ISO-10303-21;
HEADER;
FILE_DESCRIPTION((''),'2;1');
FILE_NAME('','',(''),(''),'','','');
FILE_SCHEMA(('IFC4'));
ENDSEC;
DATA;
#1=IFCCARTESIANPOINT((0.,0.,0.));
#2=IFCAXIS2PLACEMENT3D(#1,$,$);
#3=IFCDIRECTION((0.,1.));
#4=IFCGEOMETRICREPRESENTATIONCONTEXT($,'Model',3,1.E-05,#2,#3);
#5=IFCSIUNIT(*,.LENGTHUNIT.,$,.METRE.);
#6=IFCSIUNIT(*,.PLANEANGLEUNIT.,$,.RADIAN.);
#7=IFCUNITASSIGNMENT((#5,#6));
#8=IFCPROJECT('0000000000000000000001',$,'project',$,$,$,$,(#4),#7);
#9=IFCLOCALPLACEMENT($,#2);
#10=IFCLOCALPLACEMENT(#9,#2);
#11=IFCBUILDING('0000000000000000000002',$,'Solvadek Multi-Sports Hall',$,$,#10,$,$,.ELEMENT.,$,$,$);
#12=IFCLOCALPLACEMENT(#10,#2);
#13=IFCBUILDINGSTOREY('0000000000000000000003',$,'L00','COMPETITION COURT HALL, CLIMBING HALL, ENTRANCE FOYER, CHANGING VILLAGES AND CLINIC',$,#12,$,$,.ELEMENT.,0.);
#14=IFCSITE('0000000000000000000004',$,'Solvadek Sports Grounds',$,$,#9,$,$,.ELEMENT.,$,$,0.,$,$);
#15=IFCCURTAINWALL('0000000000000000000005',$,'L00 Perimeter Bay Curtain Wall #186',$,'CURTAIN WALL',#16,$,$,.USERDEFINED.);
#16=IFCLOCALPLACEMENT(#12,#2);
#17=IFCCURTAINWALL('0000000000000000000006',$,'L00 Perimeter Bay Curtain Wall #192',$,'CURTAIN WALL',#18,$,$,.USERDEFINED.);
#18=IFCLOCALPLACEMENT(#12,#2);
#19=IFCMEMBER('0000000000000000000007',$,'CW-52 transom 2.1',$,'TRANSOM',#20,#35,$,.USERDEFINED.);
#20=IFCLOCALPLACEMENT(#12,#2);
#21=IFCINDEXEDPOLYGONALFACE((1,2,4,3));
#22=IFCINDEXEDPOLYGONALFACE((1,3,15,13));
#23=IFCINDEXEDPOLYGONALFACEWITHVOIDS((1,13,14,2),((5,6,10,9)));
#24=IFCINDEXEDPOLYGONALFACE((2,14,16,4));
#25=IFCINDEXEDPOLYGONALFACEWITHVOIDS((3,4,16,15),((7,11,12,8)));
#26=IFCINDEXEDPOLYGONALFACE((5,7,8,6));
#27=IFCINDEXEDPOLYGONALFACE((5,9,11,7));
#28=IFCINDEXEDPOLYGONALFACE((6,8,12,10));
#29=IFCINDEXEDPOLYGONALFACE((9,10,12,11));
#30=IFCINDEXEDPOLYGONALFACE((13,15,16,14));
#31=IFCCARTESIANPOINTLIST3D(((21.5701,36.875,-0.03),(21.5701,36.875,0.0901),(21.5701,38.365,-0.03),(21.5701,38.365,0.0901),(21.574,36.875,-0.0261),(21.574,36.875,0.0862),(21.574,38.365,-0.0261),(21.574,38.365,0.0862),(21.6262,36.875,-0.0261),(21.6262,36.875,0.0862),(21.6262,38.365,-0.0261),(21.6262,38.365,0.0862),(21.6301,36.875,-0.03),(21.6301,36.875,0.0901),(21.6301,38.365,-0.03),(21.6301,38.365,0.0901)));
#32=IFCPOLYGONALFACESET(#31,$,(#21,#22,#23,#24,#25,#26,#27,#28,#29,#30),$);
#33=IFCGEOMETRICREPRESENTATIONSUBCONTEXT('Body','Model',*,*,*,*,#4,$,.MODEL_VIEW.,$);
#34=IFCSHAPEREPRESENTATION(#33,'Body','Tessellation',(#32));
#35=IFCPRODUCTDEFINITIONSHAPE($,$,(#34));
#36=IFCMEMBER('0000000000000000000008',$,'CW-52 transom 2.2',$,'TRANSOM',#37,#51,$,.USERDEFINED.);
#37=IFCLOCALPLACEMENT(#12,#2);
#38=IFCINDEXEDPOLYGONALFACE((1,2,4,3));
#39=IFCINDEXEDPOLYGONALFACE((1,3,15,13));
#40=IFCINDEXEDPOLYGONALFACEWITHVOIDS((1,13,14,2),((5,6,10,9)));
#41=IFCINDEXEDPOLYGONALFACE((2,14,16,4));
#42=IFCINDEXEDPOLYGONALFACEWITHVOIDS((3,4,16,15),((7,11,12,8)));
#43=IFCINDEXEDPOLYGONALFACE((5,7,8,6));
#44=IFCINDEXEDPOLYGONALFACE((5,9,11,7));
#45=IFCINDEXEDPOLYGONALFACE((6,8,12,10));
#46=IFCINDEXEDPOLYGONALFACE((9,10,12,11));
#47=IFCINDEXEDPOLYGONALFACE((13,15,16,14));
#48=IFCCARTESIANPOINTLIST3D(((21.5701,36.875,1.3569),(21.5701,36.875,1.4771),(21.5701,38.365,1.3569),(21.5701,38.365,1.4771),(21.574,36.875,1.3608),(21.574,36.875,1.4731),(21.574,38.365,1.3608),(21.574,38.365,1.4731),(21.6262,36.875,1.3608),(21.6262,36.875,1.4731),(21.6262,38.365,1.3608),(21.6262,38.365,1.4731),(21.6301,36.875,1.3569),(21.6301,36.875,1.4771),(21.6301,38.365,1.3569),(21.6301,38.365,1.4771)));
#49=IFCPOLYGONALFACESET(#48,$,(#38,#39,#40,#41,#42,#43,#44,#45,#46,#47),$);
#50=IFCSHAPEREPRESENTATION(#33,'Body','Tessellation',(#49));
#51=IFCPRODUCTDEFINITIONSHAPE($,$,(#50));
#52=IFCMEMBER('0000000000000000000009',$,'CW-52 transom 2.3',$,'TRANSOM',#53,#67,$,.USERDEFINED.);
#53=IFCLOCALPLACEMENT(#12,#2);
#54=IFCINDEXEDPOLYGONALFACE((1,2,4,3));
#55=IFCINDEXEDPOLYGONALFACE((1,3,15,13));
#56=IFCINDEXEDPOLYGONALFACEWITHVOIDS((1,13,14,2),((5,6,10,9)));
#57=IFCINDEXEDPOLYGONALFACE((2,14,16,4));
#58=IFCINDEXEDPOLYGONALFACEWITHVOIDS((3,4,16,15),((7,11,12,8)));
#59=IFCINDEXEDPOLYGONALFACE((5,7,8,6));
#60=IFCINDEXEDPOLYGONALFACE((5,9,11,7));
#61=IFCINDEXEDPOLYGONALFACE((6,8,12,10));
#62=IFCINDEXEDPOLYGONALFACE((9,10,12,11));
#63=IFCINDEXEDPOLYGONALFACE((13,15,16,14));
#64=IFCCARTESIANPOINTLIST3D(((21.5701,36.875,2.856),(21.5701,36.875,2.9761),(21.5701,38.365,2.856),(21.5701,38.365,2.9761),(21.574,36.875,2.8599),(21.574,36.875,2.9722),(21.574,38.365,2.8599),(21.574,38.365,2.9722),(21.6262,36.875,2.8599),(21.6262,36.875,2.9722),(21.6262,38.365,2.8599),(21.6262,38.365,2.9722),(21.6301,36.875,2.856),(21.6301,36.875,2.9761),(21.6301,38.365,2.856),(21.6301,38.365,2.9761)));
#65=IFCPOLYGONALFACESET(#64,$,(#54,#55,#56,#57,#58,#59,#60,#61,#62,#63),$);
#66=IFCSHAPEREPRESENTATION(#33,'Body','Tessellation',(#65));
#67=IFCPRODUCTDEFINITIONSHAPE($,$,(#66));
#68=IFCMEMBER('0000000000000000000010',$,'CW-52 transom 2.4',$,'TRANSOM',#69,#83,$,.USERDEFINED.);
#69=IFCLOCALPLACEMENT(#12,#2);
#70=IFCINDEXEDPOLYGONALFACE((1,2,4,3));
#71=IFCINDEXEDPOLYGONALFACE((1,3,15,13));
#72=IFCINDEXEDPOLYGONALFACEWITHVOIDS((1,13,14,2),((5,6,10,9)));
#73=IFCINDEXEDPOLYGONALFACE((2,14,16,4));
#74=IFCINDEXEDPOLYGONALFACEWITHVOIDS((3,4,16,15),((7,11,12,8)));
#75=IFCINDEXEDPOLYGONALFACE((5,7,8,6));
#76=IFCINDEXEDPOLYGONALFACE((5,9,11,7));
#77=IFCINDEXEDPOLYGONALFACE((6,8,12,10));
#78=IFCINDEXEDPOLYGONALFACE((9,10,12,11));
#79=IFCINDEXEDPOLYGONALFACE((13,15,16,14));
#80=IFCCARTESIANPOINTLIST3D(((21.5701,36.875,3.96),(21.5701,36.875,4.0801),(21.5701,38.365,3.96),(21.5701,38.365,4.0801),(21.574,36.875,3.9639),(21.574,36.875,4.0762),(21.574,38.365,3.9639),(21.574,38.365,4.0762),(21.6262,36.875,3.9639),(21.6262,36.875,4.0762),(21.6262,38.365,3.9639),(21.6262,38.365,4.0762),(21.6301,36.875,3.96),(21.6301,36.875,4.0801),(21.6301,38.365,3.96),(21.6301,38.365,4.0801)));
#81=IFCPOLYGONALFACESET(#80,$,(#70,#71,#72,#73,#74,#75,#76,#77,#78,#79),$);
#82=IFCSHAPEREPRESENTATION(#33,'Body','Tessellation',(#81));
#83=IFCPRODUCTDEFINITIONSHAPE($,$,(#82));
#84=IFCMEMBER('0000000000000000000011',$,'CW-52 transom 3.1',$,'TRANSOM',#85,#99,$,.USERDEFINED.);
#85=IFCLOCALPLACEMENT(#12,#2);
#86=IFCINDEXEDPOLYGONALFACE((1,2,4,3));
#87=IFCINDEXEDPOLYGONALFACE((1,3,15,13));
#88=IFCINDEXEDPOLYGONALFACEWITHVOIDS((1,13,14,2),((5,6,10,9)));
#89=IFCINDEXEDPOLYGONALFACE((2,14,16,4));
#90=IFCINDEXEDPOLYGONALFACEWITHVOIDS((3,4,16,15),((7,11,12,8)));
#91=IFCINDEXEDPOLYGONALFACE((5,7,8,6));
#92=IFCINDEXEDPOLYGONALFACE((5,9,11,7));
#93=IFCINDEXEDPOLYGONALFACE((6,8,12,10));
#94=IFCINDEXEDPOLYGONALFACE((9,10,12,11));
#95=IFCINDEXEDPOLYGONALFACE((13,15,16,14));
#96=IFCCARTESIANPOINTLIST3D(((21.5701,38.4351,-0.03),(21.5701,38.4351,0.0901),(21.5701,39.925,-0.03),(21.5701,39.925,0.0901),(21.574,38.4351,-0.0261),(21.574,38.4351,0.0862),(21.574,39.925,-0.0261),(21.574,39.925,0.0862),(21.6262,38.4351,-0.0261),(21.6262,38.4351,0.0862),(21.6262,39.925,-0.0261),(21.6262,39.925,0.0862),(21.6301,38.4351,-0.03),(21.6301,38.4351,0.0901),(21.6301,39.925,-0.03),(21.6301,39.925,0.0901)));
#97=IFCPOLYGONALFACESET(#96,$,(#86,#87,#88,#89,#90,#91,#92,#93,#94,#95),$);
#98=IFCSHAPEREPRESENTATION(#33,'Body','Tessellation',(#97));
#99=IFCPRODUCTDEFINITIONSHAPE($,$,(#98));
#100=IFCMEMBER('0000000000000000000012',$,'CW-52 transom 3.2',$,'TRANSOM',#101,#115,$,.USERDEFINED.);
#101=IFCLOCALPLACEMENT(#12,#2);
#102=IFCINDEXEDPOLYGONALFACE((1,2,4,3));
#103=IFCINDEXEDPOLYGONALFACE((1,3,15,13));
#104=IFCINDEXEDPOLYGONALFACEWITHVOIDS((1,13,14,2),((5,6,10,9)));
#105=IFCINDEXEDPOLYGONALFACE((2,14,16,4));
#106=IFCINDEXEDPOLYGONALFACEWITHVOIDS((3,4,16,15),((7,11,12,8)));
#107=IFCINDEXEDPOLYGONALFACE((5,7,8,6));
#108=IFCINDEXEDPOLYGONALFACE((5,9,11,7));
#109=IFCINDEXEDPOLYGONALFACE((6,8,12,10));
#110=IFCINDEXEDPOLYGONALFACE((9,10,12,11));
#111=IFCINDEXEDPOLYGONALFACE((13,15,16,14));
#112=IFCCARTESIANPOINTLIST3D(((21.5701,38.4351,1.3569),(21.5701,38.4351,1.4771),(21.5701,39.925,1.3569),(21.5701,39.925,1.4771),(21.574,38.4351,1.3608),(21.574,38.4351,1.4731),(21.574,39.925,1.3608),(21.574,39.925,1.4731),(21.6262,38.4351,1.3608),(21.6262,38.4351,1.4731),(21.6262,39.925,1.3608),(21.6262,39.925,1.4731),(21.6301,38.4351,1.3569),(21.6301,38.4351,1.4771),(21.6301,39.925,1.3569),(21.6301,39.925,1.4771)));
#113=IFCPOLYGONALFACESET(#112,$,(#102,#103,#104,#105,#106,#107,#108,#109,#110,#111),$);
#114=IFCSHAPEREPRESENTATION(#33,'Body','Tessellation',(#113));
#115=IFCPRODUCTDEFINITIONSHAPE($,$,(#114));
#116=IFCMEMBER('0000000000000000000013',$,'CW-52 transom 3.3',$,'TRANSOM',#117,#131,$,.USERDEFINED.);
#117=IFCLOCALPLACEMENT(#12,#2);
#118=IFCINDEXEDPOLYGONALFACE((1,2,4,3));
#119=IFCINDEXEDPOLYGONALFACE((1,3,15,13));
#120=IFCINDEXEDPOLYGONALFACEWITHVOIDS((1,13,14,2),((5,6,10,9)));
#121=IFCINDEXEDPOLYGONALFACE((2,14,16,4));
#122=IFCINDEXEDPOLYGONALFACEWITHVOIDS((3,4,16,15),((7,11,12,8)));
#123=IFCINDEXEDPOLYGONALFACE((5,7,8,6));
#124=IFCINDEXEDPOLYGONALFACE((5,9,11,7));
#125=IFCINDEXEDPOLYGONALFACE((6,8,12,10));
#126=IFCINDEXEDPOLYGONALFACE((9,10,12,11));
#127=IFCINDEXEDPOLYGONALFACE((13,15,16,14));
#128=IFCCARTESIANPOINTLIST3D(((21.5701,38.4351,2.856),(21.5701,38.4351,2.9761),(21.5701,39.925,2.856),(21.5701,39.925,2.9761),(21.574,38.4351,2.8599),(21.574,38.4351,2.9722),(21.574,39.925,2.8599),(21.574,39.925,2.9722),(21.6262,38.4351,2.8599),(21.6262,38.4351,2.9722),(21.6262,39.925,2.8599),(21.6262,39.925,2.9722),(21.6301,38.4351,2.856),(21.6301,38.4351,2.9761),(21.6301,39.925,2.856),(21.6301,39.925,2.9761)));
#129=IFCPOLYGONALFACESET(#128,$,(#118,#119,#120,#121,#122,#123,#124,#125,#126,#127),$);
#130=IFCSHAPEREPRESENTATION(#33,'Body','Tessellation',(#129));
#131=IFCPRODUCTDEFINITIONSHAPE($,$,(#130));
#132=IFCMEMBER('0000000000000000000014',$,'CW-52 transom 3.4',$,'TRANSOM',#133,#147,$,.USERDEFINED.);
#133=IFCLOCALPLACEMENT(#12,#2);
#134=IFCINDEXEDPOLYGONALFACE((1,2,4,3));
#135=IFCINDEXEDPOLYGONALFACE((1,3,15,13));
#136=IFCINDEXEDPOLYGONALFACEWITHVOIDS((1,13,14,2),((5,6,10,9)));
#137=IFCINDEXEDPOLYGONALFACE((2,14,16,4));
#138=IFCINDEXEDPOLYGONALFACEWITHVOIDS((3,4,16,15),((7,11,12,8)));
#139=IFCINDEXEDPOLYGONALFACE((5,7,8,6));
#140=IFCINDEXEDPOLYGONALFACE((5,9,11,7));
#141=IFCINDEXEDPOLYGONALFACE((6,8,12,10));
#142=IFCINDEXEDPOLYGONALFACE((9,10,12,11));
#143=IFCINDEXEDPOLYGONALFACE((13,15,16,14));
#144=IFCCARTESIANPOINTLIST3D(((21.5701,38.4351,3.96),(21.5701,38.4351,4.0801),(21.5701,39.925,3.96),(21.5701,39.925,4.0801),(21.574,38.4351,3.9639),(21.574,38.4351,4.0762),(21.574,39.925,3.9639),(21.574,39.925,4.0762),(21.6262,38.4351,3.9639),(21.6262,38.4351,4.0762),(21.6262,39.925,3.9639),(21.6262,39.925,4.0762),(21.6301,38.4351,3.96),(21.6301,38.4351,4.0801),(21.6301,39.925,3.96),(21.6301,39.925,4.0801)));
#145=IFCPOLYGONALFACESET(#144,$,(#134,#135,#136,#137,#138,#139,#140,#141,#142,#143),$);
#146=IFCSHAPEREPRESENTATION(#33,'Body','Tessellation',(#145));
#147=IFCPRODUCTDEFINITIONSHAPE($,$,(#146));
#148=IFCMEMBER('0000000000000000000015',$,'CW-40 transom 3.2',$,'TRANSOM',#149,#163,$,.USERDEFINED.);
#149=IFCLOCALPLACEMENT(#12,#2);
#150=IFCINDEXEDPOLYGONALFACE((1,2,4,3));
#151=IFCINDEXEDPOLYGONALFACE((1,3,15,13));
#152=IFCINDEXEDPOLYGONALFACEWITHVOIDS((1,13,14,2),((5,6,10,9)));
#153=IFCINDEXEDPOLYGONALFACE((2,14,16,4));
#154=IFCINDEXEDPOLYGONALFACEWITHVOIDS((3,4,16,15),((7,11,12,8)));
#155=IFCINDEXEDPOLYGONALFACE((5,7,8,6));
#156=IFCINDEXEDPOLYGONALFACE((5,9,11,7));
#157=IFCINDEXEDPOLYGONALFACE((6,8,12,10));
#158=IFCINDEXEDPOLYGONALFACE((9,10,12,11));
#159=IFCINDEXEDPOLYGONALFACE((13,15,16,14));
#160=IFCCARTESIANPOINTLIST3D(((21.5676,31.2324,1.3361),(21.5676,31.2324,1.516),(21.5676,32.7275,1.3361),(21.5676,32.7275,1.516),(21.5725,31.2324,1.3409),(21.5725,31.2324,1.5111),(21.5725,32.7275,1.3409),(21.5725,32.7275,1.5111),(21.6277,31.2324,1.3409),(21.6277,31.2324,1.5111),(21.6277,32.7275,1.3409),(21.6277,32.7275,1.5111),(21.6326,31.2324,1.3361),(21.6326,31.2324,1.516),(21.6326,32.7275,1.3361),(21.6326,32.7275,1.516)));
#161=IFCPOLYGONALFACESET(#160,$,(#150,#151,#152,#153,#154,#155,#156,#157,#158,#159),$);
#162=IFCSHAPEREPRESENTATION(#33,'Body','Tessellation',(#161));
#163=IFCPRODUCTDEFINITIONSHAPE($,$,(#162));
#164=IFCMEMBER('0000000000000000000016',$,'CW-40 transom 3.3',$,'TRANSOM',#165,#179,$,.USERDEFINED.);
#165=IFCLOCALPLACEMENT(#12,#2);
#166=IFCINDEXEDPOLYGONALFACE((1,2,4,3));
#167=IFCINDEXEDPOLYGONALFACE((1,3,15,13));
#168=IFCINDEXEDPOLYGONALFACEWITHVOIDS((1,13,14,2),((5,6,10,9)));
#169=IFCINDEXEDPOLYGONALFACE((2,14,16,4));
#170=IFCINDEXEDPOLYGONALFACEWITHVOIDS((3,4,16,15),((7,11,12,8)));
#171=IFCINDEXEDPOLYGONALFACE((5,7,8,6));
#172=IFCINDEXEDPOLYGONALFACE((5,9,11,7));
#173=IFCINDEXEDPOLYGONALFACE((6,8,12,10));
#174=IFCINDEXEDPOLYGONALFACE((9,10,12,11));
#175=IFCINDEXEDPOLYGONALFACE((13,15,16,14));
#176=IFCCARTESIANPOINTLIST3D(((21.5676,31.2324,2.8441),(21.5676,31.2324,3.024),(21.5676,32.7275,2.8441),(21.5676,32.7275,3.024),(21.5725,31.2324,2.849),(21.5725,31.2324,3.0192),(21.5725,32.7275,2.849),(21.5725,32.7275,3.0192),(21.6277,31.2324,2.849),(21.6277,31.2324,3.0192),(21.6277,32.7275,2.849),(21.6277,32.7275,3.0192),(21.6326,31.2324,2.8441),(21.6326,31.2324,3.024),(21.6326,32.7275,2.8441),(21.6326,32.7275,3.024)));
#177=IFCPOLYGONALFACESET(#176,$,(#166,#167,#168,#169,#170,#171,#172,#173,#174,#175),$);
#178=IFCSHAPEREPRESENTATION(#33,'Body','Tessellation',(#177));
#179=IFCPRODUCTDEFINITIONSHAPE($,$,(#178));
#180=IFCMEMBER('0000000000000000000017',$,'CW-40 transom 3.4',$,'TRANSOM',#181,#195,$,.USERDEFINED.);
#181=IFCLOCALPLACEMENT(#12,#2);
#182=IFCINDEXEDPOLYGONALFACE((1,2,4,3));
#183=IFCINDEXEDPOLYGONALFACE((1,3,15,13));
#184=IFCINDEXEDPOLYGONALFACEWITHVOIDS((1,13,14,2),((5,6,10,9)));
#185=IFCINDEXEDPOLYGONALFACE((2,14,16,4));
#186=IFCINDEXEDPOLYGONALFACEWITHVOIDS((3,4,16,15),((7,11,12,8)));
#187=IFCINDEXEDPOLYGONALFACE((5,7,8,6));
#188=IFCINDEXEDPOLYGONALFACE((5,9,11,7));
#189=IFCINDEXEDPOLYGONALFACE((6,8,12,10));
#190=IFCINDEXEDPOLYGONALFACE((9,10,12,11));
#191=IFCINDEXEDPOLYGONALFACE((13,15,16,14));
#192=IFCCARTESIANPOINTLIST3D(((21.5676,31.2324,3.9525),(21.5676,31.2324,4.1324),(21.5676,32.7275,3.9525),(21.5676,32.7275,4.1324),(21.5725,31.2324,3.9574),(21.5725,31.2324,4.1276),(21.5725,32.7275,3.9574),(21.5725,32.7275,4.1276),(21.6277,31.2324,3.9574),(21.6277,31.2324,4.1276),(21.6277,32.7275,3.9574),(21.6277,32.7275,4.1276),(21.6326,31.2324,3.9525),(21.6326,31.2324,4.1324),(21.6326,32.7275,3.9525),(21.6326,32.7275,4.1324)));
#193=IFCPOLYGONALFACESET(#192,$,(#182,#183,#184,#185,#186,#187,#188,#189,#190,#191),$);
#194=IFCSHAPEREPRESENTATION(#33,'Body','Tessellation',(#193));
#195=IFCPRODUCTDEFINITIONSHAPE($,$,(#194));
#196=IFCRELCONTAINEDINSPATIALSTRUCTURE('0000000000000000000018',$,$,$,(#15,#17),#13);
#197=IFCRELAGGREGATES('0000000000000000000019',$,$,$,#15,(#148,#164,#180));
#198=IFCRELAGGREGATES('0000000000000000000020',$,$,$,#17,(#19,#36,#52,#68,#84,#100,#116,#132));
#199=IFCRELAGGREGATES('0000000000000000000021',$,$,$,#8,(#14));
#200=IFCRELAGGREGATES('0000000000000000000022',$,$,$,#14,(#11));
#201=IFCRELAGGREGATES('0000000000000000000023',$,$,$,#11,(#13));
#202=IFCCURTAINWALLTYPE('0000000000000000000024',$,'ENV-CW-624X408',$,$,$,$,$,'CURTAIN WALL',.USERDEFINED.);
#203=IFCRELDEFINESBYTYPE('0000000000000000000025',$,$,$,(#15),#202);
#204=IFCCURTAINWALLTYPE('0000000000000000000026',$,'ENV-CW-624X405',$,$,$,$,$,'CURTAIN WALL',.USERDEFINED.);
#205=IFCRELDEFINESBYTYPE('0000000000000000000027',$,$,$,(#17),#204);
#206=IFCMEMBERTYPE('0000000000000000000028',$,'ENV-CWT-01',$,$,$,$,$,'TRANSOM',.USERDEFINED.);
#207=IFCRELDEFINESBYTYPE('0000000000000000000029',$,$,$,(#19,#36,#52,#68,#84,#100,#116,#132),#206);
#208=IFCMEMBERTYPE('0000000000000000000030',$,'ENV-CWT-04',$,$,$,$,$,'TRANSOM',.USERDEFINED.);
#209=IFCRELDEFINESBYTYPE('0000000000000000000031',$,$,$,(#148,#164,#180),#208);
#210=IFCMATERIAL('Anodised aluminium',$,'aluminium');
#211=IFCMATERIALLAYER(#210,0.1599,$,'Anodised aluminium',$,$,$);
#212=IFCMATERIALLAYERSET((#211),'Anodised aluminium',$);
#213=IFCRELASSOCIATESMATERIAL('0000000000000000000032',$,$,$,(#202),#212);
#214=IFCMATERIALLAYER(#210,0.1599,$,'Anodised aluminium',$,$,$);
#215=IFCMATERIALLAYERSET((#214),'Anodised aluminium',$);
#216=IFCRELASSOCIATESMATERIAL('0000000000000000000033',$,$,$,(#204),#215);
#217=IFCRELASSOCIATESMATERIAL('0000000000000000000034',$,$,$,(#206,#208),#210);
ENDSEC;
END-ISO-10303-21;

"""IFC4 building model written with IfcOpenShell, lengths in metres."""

from ifc_helpers import new_model, si_unit, direction, frame, origin, origin_2d, place, context, subcontext, project, spatial, hollow_rectangle, extrude, material, layer, layer_set, material_profile, profile_set, type_object, element, aggregate, save


model = new_model("IFC4")

# Units and contexts
model_context = context("Model", 3, precision=1e-05, world=origin(), true_north=direction((0.0, 1.0)))
body_context = subcontext(model_context, "Body", "Model", "MODEL_VIEW")
ifc_project = project(units=[si_unit("LENGTHUNIT", "METRE"), si_unit("PLANEANGLEUNIT", "RADIAN")], contexts=[model_context])

# Site, building, storey
site_placement = place(None, origin())
site = spatial("IfcSite", under=ifc_project, at=site_placement, Name="Solvadek Sports Grounds", CompositionType="ELEMENT", RefElevation=0.0)
building_placement = place(site_placement, origin())
building = spatial("IfcBuilding", under=site, at=building_placement, Name="Solvadek Multi-Sports Hall", CompositionType="ELEMENT")
storey_placement = place(building_placement, origin())
storey = spatial("IfcBuildingStorey", under=building, at=storey_placement, Name="L00", Description="COMPETITION COURT HALL, CLIMBING HALL, ENTRANCE FOYER, CHANGING VILLAGES AND CLINIC", CompositionType="ELEMENT", Elevation=0.0)

# Curtain walls, members
ifc_material_1 = material(Name="Anodised aluminium", Category="aluminium")
ifc_layer_1 = layer(ifc_material_1, 0.1599, Name="Anodised aluminium")
ifc_layer_set_1 = layer_set([ifc_layer_1], Name="Anodised aluminium")
curtain_wall_type_1 = type_object("IfcCurtainWallType", Name="ENV-CW-624X408", ElementType="CURTAIN WALL", PredefinedType="USERDEFINED", material=ifc_layer_set_1)
curtain_wall_1_placement = place(storey_placement, origin())
curtain_wall_1 = element("IfcCurtainWall", 1, at=curtain_wall_1_placement, inside=storey, type_object=curtain_wall_type_1, Name="L00 Perimeter Bay Curtain Wall #186", ObjectType="CURTAIN WALL", PredefinedType="USERDEFINED")
ifc_layer_2 = layer(ifc_material_1, 0.1599, Name="Anodised aluminium")
ifc_layer_set_2 = layer_set([ifc_layer_2], Name="Anodised aluminium")
curtain_wall_type_2 = type_object("IfcCurtainWallType", Name="ENV-CW-624X405", ElementType="CURTAIN WALL", PredefinedType="USERDEFINED", material=ifc_layer_set_2)
curtain_wall_2_placement = place(storey_placement, origin())
curtain_wall_2 = element("IfcCurtainWall", 2, at=curtain_wall_2_placement, inside=storey, type_object=curtain_wall_type_2, Name="L00 Perimeter Bay Curtain Wall #192", ObjectType="CURTAIN WALL", PredefinedType="USERDEFINED")
ifc_material_profile_1 = material_profile(ifc_material_1, hollow_rectangle(XDim=0.0601, YDim=0.1201, WallThickness=0.0039, at=origin_2d()), Name="ALU-T 120x60x4")
ifc_profile_set_1 = profile_set([ifc_material_profile_1], Name="Anodised aluminium")
member_type_1 = type_object("IfcMemberType", Name="ENV-CWT-01", ElementType="TRANSOM", PredefinedType="USERDEFINED", material=ifc_profile_set_1)
member_1_placement = place(storey_placement, frame((21.6001, 36.875, 0.03), z_axis=(0.0, 1.0, 0.0), x_axis=(-1.0, 0.0, 0.0)))
member_1 = element("IfcMember", 3, at=member_1_placement, type_object=member_type_1, Name="CW-52 transom 2.1", ObjectType="TRANSOM", PredefinedType="USERDEFINED", context=body_context, shape_type="SweptSolid", body=[
    extrude(hollow_rectangle(XDim=0.0601, YDim=0.1201, WallThickness=0.0039, at=origin_2d()), origin(), (0.0, 0.0, 1.0), 1.49),
])
member_2_placement = place(storey_placement, frame((21.6001, 36.875, 1.417), z_axis=(0.0, 1.0, 0.0), x_axis=(-1.0, 0.0, 0.0)))
member_2 = element("IfcMember", 4, at=member_2_placement, type_object=member_type_1, Name="CW-52 transom 2.2", ObjectType="TRANSOM", PredefinedType="USERDEFINED", context=body_context, shape_type="SweptSolid", body=[
    extrude(hollow_rectangle(XDim=0.0601, YDim=0.1201, WallThickness=0.0039, at=origin_2d()), origin(), (0.0, 0.0, 1.0), 1.49),
])
member_3_placement = place(storey_placement, frame((21.6001, 36.875, 2.916), z_axis=(0.0, 1.0, 0.0), x_axis=(-1.0, 0.0, 0.0)))
member_3 = element("IfcMember", 5, at=member_3_placement, type_object=member_type_1, Name="CW-52 transom 2.3", ObjectType="TRANSOM", PredefinedType="USERDEFINED", context=body_context, shape_type="SweptSolid", body=[
    extrude(hollow_rectangle(XDim=0.0601, YDim=0.1201, WallThickness=0.0039, at=origin_2d()), origin(), (0.0, 0.0, 1.0), 1.49),
])
member_4_placement = place(storey_placement, frame((21.6001, 36.875, 4.02), z_axis=(0.0, 1.0, 0.0), x_axis=(-1.0, 0.0, 0.0)))
member_4 = element("IfcMember", 6, at=member_4_placement, type_object=member_type_1, Name="CW-52 transom 2.4", ObjectType="TRANSOM", PredefinedType="USERDEFINED", context=body_context, shape_type="SweptSolid", body=[
    extrude(hollow_rectangle(XDim=0.0601, YDim=0.1201, WallThickness=0.0039, at=origin_2d()), origin(), (0.0, 0.0, 1.0), 1.49),
])
member_5_placement = place(storey_placement, frame((21.6001, 38.4351, 0.03), z_axis=(0.0, 1.0, 0.0), x_axis=(-1.0, 0.0, 0.0)))
member_5 = element("IfcMember", 7, at=member_5_placement, type_object=member_type_1, Name="CW-52 transom 3.1", ObjectType="TRANSOM", PredefinedType="USERDEFINED", context=body_context, shape_type="SweptSolid", body=[
    extrude(hollow_rectangle(XDim=0.0601, YDim=0.1201, WallThickness=0.0039, at=origin_2d()), origin(), (0.0, 0.0, 1.0), 1.49),
])
member_6_placement = place(storey_placement, frame((21.6001, 38.4351, 1.417), z_axis=(0.0, 1.0, 0.0), x_axis=(-1.0, 0.0, 0.0)))
member_6 = element("IfcMember", 8, at=member_6_placement, type_object=member_type_1, Name="CW-52 transom 3.2", ObjectType="TRANSOM", PredefinedType="USERDEFINED", context=body_context, shape_type="SweptSolid", body=[
    extrude(hollow_rectangle(XDim=0.0601, YDim=0.1201, WallThickness=0.0039, at=origin_2d()), origin(), (0.0, 0.0, 1.0), 1.49),
])
member_7_placement = place(storey_placement, frame((21.6001, 38.4351, 2.916), z_axis=(0.0, 1.0, 0.0), x_axis=(-1.0, 0.0, 0.0)))
member_7 = element("IfcMember", 9, at=member_7_placement, type_object=member_type_1, Name="CW-52 transom 3.3", ObjectType="TRANSOM", PredefinedType="USERDEFINED", context=body_context, shape_type="SweptSolid", body=[
    extrude(hollow_rectangle(XDim=0.0601, YDim=0.1201, WallThickness=0.0039, at=origin_2d()), origin(), (0.0, 0.0, 1.0), 1.49),
])
member_8_placement = place(storey_placement, frame((21.6001, 38.4351, 4.02), z_axis=(0.0, 1.0, 0.0), x_axis=(-1.0, 0.0, 0.0)))
member_8 = element("IfcMember", 10, at=member_8_placement, type_object=member_type_1, Name="CW-52 transom 3.4", ObjectType="TRANSOM", PredefinedType="USERDEFINED", context=body_context, shape_type="SweptSolid", body=[
    extrude(hollow_rectangle(XDim=0.0601, YDim=0.1201, WallThickness=0.0039, at=origin_2d()), origin(), (0.0, 0.0, 1.0), 1.49),
])

# Members
ifc_material_profile_2 = material_profile(ifc_material_1, hollow_rectangle(XDim=0.0649, YDim=0.1799, WallThickness=0.0049, at=origin_2d()), Name="ALU-T 180x65x5")
ifc_profile_set_2 = profile_set([ifc_material_profile_2], Name="Anodised aluminium")
member_type_2 = type_object("IfcMemberType", Name="ENV-CWT-04", ElementType="TRANSOM", PredefinedType="USERDEFINED", material=ifc_profile_set_2)
member_9_placement = place(storey_placement, frame((21.6001, 31.2324, 1.426), z_axis=(0.0, 1.0, 0.0), x_axis=(-1.0, 0.0, 0.0)))
member_9 = element("IfcMember", 11, at=member_9_placement, type_object=member_type_2, Name="CW-40 transom 3.2", ObjectType="TRANSOM", PredefinedType="USERDEFINED", context=body_context, shape_type="SweptSolid", body=[
    extrude(hollow_rectangle(XDim=0.0649, YDim=0.1799, WallThickness=0.0049, at=origin_2d()), origin(), (0.0, 0.0, 1.0), 1.4951),
])
member_10_placement = place(storey_placement, frame((21.6001, 31.2324, 2.9341), z_axis=(0.0, 1.0, 0.0), x_axis=(-1.0, 0.0, 0.0)))
member_10 = element("IfcMember", 12, at=member_10_placement, type_object=member_type_2, Name="CW-40 transom 3.3", ObjectType="TRANSOM", PredefinedType="USERDEFINED", context=body_context, shape_type="SweptSolid", body=[
    extrude(hollow_rectangle(XDim=0.0649, YDim=0.1799, WallThickness=0.0049, at=origin_2d()), origin(), (0.0, 0.0, 1.0), 1.4951),
])
member_11_placement = place(storey_placement, frame((21.6001, 31.2324, 4.0425), z_axis=(0.0, 1.0, 0.0), x_axis=(-1.0, 0.0, 0.0)))
member_11 = element("IfcMember", 13, at=member_11_placement, type_object=member_type_2, Name="CW-40 transom 3.4", ObjectType="TRANSOM", PredefinedType="USERDEFINED", context=body_context, shape_type="SweptSolid", body=[
    extrude(hollow_rectangle(XDim=0.0649, YDim=0.1799, WallThickness=0.0049, at=origin_2d()), origin(), (0.0, 0.0, 1.0), 1.4951),
])

aggregate(curtain_wall_1, [member_9, member_10, member_11])
aggregate(curtain_wall_2, [member_1, member_2, member_3, member_4, member_5, member_6, member_7, member_8])

save(model, "model.ifc")
